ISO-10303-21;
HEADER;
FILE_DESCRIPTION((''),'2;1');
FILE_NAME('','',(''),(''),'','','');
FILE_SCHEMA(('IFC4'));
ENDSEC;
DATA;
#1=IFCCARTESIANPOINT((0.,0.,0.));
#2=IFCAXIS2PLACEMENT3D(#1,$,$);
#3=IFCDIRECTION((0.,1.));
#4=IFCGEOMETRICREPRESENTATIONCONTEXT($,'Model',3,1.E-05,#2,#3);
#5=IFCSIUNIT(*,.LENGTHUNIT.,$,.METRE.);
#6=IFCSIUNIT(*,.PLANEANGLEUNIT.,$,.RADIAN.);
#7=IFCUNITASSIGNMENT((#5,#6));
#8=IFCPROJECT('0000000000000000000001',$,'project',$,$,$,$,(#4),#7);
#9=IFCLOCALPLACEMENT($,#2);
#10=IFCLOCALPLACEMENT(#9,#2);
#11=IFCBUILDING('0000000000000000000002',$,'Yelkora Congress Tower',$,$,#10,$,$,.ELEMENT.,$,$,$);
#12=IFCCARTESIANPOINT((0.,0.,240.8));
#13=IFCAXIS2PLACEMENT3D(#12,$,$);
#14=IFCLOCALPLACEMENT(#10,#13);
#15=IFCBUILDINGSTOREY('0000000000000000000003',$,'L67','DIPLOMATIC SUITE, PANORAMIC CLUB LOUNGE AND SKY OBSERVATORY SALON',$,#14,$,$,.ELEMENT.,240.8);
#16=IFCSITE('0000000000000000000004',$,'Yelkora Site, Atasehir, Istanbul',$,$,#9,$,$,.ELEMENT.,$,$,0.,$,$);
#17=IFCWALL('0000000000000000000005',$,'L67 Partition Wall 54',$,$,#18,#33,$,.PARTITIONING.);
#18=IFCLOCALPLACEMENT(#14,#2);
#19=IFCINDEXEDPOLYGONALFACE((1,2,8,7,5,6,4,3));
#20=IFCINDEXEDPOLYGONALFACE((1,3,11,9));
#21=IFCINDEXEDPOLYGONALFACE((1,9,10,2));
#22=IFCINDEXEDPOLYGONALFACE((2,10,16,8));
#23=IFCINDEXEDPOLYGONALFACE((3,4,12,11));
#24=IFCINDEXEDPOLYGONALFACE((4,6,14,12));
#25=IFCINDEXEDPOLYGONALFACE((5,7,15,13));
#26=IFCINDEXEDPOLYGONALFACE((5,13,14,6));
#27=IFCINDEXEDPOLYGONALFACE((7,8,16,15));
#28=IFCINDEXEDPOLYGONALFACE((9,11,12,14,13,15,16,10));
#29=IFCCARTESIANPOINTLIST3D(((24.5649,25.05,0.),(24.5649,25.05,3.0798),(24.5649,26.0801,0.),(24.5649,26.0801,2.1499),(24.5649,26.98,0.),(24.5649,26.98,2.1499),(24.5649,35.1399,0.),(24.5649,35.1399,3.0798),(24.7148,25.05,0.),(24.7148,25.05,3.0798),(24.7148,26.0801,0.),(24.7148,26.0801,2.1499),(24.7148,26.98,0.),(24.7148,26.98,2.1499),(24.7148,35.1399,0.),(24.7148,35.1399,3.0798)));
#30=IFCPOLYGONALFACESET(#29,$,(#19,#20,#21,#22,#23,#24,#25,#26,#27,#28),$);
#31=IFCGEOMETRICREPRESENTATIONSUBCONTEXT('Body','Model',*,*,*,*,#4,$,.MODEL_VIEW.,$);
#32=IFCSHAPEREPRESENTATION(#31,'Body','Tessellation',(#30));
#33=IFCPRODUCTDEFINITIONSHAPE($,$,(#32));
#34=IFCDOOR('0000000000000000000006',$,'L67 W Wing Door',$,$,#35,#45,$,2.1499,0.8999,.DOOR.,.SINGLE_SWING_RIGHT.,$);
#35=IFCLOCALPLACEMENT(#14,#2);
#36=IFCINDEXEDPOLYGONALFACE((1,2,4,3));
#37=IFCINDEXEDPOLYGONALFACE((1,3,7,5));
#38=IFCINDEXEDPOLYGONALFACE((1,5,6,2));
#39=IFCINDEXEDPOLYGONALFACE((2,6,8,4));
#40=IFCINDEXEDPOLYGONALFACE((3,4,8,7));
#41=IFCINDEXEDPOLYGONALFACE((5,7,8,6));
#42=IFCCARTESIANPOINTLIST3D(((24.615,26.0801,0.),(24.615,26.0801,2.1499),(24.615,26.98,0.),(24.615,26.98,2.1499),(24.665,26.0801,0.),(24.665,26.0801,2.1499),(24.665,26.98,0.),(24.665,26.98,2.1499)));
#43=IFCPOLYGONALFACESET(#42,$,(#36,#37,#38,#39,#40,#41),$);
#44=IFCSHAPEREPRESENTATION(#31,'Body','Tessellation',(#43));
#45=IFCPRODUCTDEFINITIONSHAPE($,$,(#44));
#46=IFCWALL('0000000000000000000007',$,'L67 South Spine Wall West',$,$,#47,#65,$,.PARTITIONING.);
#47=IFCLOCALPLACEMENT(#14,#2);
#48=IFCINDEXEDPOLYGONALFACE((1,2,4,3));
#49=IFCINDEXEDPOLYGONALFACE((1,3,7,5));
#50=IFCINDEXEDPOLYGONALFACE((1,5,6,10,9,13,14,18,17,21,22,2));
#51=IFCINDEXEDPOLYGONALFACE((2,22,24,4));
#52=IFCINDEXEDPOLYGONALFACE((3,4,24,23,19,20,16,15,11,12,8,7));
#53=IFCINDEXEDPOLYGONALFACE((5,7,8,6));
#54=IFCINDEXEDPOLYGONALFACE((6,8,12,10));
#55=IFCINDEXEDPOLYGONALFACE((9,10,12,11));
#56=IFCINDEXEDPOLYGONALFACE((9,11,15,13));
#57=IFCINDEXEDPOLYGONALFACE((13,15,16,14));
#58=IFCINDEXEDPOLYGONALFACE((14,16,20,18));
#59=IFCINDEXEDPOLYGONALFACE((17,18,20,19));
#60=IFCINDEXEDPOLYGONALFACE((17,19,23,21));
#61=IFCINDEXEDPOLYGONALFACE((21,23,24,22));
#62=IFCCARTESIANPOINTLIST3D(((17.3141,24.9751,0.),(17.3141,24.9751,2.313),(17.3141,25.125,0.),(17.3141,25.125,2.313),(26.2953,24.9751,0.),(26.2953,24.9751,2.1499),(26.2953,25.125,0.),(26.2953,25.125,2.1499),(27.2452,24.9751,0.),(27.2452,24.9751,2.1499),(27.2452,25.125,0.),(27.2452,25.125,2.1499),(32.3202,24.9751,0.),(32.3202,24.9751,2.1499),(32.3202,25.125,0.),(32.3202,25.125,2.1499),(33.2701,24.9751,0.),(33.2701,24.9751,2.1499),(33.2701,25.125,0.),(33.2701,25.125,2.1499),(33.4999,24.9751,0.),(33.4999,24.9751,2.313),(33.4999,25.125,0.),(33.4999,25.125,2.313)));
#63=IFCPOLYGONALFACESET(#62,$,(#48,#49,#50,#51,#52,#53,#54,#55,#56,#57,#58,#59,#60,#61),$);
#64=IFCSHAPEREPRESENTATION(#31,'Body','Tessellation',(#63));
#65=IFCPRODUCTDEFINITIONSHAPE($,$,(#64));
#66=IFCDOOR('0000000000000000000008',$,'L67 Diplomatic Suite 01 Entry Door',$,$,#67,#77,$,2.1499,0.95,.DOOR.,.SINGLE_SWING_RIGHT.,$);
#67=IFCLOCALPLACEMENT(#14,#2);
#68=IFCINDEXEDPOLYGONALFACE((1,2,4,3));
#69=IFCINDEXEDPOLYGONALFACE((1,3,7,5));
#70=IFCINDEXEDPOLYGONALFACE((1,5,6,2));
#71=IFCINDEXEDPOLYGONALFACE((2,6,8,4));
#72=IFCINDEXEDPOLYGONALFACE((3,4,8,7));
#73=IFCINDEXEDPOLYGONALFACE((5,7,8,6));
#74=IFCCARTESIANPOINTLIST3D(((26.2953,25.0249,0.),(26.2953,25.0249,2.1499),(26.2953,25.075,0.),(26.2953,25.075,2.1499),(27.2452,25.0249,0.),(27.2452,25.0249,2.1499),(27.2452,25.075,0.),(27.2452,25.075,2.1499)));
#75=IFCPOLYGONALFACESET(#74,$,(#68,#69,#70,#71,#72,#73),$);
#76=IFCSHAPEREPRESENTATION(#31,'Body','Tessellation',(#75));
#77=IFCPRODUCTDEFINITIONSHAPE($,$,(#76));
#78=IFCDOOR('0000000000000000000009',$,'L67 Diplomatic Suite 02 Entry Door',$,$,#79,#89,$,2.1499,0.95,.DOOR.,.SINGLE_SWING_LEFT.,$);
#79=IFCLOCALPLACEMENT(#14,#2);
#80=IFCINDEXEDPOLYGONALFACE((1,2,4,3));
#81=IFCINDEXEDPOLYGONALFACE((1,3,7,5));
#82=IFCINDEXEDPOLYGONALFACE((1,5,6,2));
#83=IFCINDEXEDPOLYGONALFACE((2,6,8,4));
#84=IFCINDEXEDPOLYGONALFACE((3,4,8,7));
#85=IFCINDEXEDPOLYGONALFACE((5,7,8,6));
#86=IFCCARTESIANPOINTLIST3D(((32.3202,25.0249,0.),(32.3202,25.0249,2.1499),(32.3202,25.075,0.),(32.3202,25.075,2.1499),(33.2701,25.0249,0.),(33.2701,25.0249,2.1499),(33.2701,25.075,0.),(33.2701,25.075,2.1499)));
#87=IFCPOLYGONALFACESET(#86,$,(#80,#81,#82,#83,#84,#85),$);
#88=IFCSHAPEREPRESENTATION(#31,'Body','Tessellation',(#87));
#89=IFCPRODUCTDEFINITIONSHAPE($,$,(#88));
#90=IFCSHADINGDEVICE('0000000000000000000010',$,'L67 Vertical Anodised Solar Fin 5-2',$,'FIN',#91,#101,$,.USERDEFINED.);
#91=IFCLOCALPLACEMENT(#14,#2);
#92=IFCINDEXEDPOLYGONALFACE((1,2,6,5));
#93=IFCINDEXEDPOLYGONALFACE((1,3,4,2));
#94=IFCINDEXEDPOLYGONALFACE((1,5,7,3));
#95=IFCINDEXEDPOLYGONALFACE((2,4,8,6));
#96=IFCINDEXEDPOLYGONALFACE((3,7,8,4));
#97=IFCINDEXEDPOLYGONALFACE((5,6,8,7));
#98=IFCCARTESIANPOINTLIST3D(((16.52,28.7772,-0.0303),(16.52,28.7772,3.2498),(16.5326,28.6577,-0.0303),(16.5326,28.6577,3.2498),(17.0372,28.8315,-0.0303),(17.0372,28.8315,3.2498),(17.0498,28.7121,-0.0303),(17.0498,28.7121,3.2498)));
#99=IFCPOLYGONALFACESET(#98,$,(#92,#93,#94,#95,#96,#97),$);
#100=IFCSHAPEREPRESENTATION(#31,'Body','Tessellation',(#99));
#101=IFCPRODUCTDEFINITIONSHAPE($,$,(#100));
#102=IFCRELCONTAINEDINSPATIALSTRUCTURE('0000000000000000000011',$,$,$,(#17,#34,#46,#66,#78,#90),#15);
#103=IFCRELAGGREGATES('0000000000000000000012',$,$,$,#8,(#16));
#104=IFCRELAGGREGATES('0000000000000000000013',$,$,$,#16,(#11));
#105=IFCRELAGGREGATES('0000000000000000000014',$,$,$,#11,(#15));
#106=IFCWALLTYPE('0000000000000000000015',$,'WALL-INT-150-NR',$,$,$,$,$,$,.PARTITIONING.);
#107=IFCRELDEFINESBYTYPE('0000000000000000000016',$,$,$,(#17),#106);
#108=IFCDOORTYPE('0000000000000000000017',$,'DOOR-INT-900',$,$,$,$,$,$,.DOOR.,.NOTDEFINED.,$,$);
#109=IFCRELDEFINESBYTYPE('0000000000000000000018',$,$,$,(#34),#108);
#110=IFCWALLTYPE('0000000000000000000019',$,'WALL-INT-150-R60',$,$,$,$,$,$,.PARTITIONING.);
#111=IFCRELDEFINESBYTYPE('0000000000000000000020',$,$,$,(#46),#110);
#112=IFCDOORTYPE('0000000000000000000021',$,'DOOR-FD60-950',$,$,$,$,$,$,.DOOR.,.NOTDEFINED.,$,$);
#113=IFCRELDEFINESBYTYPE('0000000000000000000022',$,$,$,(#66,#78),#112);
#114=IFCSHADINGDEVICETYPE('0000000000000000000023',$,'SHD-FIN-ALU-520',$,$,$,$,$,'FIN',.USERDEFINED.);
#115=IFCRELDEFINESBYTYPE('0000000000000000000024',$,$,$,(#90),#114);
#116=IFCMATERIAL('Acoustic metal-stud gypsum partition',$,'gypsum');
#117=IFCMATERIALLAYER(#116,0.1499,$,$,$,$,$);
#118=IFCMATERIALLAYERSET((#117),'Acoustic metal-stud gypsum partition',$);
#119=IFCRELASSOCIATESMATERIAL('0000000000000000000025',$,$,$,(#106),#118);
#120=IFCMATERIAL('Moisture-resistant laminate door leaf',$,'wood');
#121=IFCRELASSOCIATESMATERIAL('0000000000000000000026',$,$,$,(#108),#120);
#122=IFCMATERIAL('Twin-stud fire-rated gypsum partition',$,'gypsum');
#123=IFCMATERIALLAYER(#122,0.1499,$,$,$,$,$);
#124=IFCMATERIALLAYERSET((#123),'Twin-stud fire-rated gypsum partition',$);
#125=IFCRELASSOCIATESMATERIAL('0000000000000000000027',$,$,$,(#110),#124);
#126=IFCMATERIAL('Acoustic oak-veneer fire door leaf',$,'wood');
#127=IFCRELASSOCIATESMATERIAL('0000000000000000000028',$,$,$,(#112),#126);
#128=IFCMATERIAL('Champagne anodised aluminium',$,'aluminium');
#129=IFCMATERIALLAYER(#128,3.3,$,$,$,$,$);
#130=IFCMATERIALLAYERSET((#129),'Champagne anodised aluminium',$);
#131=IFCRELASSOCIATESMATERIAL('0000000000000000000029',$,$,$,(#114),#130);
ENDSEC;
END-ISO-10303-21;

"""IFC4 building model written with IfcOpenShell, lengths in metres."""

from ifc_helpers import new_model, si_unit, direction, frame, frame_2d, origin, origin_2d, place, context, subcontext, project, spatial, rectangle, extrude, material, layer, layer_set, type_object, element, fill, save


model = new_model("IFC4")

# Units and contexts
model_context = context("Model", 3, precision=1e-05, world=origin(), true_north=direction((0.0, 1.0)))
body_context = subcontext(model_context, "Body", "Model", "MODEL_VIEW")
ifc_project = project(units=[si_unit("LENGTHUNIT", "METRE"), si_unit("PLANEANGLEUNIT", "RADIAN")], contexts=[model_context])

# Site, building, storey
site_placement = place(None, origin())
site = spatial("IfcSite", under=ifc_project, at=site_placement, Name="Yelkora Site, Atasehir, Istanbul", CompositionType="ELEMENT", RefElevation=0.0)
building_placement = place(site_placement, origin())
building = spatial("IfcBuilding", under=site, at=building_placement, Name="Yelkora Congress Tower", CompositionType="ELEMENT")
storey_placement = place(building_placement, frame((0.0, 0.0, 240.8)))
storey = spatial("IfcBuildingStorey", under=building, at=storey_placement, Name="L67", Description="DIPLOMATIC SUITE, PANORAMIC CLUB LOUNGE AND SKY OBSERVATORY SALON", CompositionType="ELEMENT", Elevation=240.8)

# Wall, opening, door
ifc_material_1 = material(Name="Acoustic metal-stud gypsum partition", Category="gypsum")
ifc_layer_1 = layer(ifc_material_1, 0.1499)
ifc_layer_set_1 = layer_set([ifc_layer_1], Name="Acoustic metal-stud gypsum partition")
wall_type_1 = type_object("IfcWallType", Name="WALL-INT-150-NR", PredefinedType="PARTITIONING", material=ifc_layer_set_1)
wall_1_placement = place(storey_placement, frame((24.6399, 25.05, 0.0), z_axis=(0.0, 0.0, 1.0), x_axis=(0.0, 1.0, 0.0)))
wall_1 = element("IfcWall", 1, at=wall_1_placement, inside=storey, type_object=wall_type_1, Name="L67 Partition Wall 54", PredefinedType="PARTITIONING", context=body_context, shape_type="SweptSolid", body=[
    extrude(rectangle(XDim=10.0898, YDim=0.1499, at=frame_2d((5.0449, 0.0))), origin(), (0.0, 0.0, 1.0), 3.0798),
])
opening_1_placement = place(wall_1_placement, frame((1.03, 0.0, 0.0)))
opening_1 = element("IfcOpeningElement", 2, at=opening_1_placement, cuts=wall_1, PredefinedType="OPENING", context=body_context, shape_type="SweptSolid", body=[
    extrude(rectangle(XDim=0.8999, YDim=2.1499, at=frame_2d((0.45, 1.075))), frame((0.0, 0.085, 0.0), z_axis=(0.0, -1.0, 0.0), x_axis=(1.0, 0.0, 0.0)), (0.0, 0.0, 1.0), 0.1699),
])
ifc_material_2 = material(Name="Moisture-resistant laminate door leaf", Category="wood")
door_type_1 = type_object("IfcDoorType", Name="DOOR-INT-900", OperationType="NOTDEFINED", PredefinedType="DOOR", material=ifc_material_2)
door_1_placement = place(opening_1_placement, origin())
door_1 = element("IfcDoor", 3, at=door_1_placement, inside=storey, type_object=door_type_1, Name="L67 W Wing Door", OperationType="SINGLE_SWING_RIGHT", OverallHeight=2.1499, OverallWidth=0.8999, PredefinedType="DOOR", context=body_context, shape_type="SweptSolid", body=[
    extrude(rectangle(XDim=0.8999, YDim=2.1499, at=frame_2d((0.45, 1.075))), frame((0.0, 0.0249, 0.0), z_axis=(0.0, -1.0, 0.0), x_axis=(1.0, 0.0, 0.0)), (0.0, 0.0, 1.0), 0.05),
])
fill(opening_1, door_1)

# Wall, openings, doors
ifc_material_3 = material(Name="Twin-stud fire-rated gypsum partition", Category="gypsum")
ifc_layer_2 = layer(ifc_material_3, 0.1499)
ifc_layer_set_2 = layer_set([ifc_layer_2], Name="Twin-stud fire-rated gypsum partition")
wall_type_2 = type_object("IfcWallType", Name="WALL-INT-150-R60", PredefinedType="PARTITIONING", material=ifc_layer_set_2)
wall_2_placement = place(storey_placement, frame((17.3142, 25.05, 0.0), z_axis=(0.0, 0.0, 1.0), x_axis=(1.0, 0.0, 0.0)))
wall_2 = element("IfcWall", 4, at=wall_2_placement, inside=storey, type_object=wall_type_2, Name="L67 South Spine Wall West", PredefinedType="PARTITIONING", context=body_context, shape_type="SweptSolid", body=[
    extrude(rectangle(XDim=16.1858, YDim=0.1499, at=frame_2d((8.0928, 0.0))), origin(), (0.0, 0.0, 1.0), 2.313),
])
opening_2_placement = place(wall_2_placement, frame((8.981, 0.0, 0.0)))
opening_2 = element("IfcOpeningElement", 5, at=opening_2_placement, cuts=wall_2, PredefinedType="OPENING", context=body_context, shape_type="SweptSolid", body=[
    extrude(rectangle(XDim=0.95, YDim=2.1499, at=frame_2d((0.4751, 1.075))), frame((0.0, 0.085, 0.0), z_axis=(0.0, -1.0, 0.0), x_axis=(1.0, 0.0, 0.0)), (0.0, 0.0, 1.0), 0.1699),
])
opening_3_placement = place(wall_2_placement, frame((15.0059, 0.0, 0.0)))
opening_3 = element("IfcOpeningElement", 6, at=opening_3_placement, cuts=wall_2, PredefinedType="OPENING", context=body_context, shape_type="SweptSolid", body=[
    extrude(rectangle(XDim=0.95, YDim=2.1499, at=frame_2d((0.4751, 1.075))), frame((0.0, 0.085, 0.0), z_axis=(0.0, -1.0, 0.0), x_axis=(1.0, 0.0, 0.0)), (0.0, 0.0, 1.0), 0.1699),
])
ifc_material_4 = material(Name="Acoustic oak-veneer fire door leaf", Category="wood")
door_type_2 = type_object("IfcDoorType", Name="DOOR-FD60-950", OperationType="NOTDEFINED", PredefinedType="DOOR", material=ifc_material_4)
door_2_placement = place(opening_2_placement, origin())
door_2 = element("IfcDoor", 7, at=door_2_placement, inside=storey, type_object=door_type_2, Name="L67 Diplomatic Suite 01 Entry Door", OperationType="SINGLE_SWING_RIGHT", OverallHeight=2.1499, OverallWidth=0.95, PredefinedType="DOOR", context=body_context, shape_type="SweptSolid", body=[
    extrude(rectangle(XDim=0.95, YDim=2.1499, at=frame_2d((0.4751, 1.075))), frame((0.0, 0.0249, 0.0), z_axis=(0.0, -1.0, 0.0), x_axis=(1.0, 0.0, 0.0)), (0.0, 0.0, 1.0), 0.05),
])
fill(opening_2, door_2)
door_3_placement = place(opening_3_placement, origin())
door_3 = element("IfcDoor", 8, at=door_3_placement, inside=storey, type_object=door_type_2, Name="L67 Diplomatic Suite 02 Entry Door", OperationType="SINGLE_SWING_LEFT", OverallHeight=2.1499, OverallWidth=0.95, PredefinedType="DOOR", context=body_context, shape_type="SweptSolid", body=[
    extrude(rectangle(XDim=0.95, YDim=2.1499, at=frame_2d((0.4751, 1.075))), frame((0.0, 0.0249, 0.0), z_axis=(0.0, -1.0, 0.0), x_axis=(1.0, 0.0, 0.0)), (0.0, 0.0, 1.0), 0.05),
])
fill(opening_3, door_3)

# Shading device
ifc_material_5 = material(Name="Champagne anodised aluminium", Category="aluminium")
ifc_layer_3 = layer(ifc_material_5, 3.3)
ifc_layer_set_3 = layer_set([ifc_layer_3], Name="Champagne anodised aluminium")
shading_device_type = type_object("IfcShadingDeviceType", Name="SHD-FIN-ALU-520", ElementType="FIN", PredefinedType="USERDEFINED", material=ifc_layer_set_3)
shading_device_placement = place(storey_placement, frame((16.7849, 28.7446, -0.0303), z_axis=(0.0, 0.0, 1.0), x_axis=(-0.104528, 0.994522, 0.0)))
element("IfcShadingDevice", 9, at=shading_device_placement, inside=storey, type_object=shading_device_type, Name="L67 Vertical Anodised Solar Fin 5-2", ObjectType="FIN", PredefinedType="USERDEFINED", context=body_context, shape_type="SweptSolid", body=[
    extrude(rectangle(XDim=0.1201, YDim=0.52, at=origin_2d()), origin(), (0.0, 0.0, 1.0), 3.28),
])

save(model, "model.ifc")
